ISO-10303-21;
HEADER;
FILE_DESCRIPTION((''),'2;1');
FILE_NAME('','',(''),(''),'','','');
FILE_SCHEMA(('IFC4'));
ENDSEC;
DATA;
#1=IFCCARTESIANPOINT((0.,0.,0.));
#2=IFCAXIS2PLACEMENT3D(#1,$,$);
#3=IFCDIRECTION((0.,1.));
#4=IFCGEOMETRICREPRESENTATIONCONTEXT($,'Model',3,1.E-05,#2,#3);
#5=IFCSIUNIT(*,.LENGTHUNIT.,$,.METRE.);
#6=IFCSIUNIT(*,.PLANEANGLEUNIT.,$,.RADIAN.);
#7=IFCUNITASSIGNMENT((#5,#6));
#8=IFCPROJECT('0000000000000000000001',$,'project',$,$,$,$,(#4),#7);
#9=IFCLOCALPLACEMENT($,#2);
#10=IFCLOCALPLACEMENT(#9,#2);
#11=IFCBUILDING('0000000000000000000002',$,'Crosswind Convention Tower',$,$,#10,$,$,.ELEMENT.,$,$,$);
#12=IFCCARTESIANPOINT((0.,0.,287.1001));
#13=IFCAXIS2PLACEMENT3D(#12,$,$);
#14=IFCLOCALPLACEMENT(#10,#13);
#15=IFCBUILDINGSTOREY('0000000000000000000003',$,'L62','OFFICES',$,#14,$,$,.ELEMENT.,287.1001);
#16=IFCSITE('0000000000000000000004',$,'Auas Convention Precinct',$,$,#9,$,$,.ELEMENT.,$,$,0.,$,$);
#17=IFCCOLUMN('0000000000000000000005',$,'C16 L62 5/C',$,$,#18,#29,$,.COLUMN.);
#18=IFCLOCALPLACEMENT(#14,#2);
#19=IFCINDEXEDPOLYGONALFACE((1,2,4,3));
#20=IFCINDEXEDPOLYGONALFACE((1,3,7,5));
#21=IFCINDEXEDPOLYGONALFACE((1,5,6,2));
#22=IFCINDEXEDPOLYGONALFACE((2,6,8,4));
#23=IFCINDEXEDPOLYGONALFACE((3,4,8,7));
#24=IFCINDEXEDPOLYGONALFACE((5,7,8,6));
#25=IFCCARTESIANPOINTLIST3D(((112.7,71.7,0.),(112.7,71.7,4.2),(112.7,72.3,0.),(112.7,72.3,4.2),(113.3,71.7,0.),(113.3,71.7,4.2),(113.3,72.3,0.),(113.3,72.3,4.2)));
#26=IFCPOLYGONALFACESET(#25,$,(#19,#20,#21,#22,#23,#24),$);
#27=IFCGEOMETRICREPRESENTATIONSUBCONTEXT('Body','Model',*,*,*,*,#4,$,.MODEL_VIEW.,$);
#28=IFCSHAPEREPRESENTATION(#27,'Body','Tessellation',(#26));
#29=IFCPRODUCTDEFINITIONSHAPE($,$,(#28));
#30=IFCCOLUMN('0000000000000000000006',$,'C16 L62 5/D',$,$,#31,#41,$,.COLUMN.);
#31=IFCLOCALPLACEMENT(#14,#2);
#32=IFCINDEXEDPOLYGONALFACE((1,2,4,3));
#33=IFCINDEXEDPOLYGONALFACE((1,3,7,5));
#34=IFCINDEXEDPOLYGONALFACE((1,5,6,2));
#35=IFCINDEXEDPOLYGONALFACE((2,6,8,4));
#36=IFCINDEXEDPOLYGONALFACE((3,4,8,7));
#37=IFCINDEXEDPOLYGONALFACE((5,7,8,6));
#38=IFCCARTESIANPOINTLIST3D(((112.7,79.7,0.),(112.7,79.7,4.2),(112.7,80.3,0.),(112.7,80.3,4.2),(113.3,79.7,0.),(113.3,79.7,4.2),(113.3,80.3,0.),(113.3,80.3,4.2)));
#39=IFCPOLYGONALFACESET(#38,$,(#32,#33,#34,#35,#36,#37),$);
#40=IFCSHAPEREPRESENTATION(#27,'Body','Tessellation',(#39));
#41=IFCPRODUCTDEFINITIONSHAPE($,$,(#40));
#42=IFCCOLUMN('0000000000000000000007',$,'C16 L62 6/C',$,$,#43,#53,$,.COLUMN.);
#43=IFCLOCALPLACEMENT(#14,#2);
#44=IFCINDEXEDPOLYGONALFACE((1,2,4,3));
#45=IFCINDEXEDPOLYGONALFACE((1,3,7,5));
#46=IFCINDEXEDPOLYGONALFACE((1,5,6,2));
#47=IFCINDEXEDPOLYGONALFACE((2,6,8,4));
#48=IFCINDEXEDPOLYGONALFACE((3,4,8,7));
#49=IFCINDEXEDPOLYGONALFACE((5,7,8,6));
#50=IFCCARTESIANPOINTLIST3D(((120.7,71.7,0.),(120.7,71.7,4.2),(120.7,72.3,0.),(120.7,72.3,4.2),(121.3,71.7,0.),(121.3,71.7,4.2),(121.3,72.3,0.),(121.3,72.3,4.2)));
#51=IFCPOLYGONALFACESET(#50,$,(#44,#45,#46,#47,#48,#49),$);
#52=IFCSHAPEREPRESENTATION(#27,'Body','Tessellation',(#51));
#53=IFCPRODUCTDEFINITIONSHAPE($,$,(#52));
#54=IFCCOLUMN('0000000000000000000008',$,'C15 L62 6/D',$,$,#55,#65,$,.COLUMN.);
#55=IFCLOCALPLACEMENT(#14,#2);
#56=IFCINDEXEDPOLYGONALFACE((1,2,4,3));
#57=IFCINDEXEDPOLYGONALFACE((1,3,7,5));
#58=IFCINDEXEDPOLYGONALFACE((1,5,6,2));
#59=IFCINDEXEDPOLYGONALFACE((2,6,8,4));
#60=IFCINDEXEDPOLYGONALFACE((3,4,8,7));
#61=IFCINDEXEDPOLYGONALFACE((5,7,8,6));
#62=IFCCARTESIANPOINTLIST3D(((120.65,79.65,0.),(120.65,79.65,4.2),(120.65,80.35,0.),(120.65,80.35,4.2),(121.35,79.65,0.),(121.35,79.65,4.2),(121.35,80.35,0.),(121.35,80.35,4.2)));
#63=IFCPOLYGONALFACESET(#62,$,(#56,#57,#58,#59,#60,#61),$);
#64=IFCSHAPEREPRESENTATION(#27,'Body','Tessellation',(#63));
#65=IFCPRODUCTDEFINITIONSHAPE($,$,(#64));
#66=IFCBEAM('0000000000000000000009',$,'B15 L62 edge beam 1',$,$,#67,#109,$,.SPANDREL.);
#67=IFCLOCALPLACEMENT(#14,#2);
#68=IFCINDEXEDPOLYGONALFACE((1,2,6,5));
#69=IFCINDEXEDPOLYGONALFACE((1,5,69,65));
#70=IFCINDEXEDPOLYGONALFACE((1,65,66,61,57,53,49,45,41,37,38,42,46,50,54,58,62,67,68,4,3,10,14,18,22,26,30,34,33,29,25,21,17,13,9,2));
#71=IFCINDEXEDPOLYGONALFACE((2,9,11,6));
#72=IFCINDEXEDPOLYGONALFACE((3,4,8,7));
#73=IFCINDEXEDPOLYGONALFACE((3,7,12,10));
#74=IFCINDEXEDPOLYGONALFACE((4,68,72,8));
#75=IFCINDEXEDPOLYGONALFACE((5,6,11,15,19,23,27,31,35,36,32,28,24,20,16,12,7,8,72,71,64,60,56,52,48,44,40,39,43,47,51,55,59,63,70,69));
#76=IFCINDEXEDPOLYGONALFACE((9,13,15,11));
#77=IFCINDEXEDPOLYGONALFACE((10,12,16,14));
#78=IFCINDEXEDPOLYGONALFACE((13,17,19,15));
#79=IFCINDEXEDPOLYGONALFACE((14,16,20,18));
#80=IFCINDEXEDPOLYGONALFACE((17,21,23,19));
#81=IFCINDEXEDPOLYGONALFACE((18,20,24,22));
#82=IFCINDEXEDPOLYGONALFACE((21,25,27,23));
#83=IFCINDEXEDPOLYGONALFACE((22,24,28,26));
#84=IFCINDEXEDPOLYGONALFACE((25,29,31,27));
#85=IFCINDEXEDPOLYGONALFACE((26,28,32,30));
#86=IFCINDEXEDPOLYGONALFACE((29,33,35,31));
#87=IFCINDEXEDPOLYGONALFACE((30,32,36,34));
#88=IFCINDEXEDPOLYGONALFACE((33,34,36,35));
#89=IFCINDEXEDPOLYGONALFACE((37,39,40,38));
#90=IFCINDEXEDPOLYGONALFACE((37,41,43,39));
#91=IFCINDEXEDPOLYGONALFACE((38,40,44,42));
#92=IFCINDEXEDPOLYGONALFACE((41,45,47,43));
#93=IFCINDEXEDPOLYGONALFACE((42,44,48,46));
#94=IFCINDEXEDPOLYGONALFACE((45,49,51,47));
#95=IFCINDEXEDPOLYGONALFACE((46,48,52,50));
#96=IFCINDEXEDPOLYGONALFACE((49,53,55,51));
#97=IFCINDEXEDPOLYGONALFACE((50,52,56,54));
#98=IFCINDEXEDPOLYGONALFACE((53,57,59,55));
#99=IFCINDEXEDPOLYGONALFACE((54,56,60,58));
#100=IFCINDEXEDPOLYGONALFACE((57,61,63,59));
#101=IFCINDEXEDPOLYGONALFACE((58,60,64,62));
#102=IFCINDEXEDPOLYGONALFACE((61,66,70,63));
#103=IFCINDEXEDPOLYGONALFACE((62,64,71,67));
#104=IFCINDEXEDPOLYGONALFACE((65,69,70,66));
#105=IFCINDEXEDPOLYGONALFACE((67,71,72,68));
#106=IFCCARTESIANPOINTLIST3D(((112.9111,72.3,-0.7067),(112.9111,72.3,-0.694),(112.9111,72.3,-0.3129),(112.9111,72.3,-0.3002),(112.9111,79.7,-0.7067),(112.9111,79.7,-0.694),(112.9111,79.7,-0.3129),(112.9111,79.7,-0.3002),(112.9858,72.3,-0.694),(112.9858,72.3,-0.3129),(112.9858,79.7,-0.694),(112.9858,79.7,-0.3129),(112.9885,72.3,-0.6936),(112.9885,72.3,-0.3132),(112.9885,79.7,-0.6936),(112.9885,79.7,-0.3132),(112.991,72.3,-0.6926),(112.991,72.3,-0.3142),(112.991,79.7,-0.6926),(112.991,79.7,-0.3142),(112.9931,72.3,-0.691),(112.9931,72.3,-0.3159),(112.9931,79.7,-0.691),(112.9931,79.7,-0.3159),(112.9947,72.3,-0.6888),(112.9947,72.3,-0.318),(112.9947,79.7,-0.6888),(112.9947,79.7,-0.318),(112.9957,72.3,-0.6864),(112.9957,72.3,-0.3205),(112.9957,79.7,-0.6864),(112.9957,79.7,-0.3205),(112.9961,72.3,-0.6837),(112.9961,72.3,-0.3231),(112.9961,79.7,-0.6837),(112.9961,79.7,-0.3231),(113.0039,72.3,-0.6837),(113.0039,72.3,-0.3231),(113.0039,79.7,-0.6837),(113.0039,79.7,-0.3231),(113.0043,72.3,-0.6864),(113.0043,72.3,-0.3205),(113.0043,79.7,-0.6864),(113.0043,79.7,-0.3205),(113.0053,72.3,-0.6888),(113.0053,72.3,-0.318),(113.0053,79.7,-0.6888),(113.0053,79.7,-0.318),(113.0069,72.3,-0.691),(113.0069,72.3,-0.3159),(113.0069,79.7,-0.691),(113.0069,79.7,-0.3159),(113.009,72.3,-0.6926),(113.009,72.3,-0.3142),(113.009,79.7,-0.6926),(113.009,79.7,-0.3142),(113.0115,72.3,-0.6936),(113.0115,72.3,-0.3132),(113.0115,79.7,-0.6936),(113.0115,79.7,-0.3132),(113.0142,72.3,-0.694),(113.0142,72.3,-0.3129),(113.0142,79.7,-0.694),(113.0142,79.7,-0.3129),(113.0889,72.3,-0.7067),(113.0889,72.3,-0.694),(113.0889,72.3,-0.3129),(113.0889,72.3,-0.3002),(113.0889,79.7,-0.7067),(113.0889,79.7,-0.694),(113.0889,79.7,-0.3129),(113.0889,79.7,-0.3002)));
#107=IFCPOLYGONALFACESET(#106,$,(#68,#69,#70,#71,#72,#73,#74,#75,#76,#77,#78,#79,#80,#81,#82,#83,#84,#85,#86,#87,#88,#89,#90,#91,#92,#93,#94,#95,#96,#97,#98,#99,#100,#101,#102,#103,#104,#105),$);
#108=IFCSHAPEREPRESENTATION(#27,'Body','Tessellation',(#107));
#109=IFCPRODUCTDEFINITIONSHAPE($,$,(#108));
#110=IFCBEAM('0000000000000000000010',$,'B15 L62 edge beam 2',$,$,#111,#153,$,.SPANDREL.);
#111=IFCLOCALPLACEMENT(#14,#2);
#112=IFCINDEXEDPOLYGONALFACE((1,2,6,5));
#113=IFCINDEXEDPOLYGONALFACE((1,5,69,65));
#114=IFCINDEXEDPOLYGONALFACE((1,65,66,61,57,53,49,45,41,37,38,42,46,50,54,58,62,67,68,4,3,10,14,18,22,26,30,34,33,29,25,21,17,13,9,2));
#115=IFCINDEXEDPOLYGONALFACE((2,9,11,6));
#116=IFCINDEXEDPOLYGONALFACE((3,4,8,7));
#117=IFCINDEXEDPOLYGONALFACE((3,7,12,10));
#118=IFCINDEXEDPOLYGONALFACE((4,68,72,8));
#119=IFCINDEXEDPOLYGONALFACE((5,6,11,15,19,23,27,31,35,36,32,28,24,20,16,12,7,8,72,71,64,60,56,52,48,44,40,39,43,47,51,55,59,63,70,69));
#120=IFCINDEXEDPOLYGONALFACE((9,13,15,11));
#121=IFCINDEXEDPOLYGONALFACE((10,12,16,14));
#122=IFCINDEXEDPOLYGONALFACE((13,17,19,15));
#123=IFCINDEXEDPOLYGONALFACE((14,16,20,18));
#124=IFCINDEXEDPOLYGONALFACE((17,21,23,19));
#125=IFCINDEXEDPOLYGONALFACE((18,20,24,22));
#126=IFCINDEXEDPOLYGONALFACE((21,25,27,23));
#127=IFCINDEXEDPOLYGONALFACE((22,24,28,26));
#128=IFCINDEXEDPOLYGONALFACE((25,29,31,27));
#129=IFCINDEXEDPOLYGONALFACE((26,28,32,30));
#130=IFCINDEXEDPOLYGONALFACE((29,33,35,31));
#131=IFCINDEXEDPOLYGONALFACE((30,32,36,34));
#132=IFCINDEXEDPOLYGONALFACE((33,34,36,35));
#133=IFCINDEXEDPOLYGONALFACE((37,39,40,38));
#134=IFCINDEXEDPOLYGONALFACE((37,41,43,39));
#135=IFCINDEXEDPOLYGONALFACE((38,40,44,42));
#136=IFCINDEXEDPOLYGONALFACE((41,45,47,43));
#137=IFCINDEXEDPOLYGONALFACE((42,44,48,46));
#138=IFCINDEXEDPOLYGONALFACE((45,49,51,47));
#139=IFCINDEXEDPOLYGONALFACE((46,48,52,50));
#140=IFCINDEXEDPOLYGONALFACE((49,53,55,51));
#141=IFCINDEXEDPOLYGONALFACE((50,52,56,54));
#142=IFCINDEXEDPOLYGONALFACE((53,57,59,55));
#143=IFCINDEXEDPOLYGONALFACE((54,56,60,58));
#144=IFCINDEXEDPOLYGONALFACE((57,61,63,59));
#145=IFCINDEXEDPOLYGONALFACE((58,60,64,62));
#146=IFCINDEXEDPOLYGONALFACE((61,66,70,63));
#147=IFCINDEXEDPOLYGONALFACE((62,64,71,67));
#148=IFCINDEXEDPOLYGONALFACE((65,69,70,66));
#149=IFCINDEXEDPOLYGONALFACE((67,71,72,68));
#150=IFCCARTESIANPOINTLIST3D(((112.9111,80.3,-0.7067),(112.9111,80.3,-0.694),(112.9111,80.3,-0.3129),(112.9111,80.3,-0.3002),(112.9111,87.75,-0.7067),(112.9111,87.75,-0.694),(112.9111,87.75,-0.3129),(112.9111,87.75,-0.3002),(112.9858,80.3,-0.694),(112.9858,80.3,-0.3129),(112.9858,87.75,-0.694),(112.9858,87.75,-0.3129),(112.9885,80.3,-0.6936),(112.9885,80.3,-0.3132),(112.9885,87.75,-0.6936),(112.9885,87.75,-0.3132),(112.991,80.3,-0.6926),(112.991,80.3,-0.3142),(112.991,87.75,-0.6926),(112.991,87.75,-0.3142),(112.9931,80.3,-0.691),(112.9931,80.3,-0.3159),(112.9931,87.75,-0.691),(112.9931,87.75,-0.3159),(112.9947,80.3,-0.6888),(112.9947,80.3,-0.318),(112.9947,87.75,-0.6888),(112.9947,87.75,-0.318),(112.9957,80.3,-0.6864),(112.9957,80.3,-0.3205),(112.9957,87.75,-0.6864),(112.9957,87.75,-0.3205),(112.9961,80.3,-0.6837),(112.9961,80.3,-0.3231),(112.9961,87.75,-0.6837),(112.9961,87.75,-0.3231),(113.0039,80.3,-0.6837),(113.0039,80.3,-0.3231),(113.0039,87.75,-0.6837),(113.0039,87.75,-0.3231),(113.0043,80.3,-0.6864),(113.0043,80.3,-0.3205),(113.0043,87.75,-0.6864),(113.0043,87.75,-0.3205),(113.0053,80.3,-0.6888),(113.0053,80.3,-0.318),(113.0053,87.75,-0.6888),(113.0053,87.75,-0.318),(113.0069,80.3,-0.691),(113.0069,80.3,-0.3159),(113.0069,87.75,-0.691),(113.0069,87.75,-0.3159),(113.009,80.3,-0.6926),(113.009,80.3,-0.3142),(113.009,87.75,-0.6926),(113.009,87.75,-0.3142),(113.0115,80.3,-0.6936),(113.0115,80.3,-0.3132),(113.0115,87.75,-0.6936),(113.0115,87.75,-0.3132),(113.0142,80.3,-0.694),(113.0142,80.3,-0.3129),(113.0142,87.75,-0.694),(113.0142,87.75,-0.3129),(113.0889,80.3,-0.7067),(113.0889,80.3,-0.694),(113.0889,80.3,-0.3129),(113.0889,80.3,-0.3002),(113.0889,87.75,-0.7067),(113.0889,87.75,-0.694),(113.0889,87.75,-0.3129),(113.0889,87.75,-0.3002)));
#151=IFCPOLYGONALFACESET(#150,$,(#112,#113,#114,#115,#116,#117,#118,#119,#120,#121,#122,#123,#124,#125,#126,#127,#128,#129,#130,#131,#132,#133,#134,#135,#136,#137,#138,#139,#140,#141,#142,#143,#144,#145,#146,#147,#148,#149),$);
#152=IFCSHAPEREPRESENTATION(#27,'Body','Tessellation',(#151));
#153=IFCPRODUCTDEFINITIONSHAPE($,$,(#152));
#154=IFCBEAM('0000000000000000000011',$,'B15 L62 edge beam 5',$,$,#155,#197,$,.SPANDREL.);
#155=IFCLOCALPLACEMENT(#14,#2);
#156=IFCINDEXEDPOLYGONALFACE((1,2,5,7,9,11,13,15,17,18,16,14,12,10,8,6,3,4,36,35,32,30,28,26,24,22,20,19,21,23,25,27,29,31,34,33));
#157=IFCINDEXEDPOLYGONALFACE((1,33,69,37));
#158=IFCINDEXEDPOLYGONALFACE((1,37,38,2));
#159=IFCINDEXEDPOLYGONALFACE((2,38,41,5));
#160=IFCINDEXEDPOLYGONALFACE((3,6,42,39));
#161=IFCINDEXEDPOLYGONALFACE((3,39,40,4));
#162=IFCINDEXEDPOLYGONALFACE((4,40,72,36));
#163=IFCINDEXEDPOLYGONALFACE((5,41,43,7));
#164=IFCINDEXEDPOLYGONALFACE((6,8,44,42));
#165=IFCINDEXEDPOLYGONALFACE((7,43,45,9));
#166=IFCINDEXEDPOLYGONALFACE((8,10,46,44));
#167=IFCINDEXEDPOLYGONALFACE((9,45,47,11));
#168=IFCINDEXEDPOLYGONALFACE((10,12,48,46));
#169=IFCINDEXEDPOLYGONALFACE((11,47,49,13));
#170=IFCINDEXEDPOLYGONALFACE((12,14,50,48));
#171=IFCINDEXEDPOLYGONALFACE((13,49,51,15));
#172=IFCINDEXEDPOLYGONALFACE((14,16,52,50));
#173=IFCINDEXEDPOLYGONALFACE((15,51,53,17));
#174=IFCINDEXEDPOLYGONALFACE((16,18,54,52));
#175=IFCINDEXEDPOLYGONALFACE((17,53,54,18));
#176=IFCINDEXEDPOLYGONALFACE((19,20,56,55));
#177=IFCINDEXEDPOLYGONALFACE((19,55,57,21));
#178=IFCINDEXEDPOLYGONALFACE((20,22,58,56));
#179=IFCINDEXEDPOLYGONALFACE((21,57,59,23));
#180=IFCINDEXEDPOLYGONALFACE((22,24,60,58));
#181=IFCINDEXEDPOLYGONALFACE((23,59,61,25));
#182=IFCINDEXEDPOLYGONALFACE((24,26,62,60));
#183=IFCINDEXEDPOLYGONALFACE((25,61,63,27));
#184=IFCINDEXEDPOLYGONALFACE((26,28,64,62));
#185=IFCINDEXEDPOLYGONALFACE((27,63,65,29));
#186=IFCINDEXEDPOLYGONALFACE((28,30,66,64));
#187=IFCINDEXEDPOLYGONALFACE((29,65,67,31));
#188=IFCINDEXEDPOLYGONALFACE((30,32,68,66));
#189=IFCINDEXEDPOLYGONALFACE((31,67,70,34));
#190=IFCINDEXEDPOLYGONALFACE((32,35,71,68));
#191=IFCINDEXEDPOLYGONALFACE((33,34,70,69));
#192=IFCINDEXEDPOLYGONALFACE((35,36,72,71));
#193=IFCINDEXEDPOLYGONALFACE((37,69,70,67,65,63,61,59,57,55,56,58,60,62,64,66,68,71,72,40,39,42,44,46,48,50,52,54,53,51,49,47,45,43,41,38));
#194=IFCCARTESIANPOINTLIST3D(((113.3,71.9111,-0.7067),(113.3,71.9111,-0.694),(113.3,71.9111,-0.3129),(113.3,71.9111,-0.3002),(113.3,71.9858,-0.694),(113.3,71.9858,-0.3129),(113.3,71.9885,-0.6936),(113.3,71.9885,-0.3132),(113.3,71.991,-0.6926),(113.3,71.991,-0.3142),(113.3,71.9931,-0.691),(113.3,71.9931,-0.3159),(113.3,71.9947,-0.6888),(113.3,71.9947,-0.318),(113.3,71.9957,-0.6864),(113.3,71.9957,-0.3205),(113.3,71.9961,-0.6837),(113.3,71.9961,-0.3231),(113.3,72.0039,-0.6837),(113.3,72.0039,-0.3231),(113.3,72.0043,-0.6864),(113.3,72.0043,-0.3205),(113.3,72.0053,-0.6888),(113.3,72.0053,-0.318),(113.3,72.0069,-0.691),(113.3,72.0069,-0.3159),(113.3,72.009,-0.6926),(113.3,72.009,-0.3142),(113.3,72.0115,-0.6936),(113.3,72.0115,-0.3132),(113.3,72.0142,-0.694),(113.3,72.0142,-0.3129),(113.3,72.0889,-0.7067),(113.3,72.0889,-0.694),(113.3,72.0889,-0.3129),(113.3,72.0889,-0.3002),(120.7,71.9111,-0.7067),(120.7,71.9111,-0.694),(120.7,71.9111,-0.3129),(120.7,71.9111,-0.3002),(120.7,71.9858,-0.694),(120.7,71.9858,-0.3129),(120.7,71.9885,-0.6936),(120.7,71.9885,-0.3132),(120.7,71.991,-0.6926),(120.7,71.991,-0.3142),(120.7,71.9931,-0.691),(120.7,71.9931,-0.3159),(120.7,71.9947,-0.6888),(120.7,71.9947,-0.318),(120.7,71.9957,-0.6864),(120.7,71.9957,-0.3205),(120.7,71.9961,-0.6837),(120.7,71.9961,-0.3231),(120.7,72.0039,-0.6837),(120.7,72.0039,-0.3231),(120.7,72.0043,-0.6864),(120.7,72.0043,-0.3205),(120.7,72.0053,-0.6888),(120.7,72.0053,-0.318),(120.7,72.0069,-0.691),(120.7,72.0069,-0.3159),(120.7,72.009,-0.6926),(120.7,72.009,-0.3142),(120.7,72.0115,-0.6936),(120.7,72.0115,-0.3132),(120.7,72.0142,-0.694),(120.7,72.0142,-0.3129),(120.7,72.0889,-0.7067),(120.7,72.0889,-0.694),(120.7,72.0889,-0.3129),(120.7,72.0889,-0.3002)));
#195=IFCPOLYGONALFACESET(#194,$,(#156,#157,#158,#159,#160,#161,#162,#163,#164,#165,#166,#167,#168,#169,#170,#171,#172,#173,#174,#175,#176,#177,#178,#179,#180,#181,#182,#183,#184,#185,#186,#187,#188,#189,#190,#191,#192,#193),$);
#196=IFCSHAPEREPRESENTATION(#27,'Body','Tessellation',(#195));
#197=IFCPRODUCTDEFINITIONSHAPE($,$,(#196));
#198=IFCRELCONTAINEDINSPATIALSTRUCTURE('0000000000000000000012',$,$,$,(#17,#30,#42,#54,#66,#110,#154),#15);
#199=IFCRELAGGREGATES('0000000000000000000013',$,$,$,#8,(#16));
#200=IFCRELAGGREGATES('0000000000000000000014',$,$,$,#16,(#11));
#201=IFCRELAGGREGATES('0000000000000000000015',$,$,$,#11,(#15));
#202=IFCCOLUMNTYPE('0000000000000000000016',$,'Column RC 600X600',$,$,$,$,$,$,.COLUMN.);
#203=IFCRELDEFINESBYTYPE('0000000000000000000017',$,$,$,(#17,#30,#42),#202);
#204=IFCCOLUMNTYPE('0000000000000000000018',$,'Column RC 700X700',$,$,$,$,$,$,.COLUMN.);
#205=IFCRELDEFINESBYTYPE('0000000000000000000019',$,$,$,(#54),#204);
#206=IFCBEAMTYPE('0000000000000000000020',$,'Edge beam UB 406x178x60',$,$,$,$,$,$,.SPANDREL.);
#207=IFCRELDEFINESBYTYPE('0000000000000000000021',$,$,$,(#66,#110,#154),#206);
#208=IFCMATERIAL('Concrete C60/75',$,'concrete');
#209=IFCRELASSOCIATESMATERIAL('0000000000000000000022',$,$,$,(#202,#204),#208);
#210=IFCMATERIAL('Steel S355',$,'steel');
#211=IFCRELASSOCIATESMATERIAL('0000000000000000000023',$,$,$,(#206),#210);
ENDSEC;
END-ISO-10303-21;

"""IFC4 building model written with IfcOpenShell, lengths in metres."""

from ifc_helpers import new_model, si_unit, direction, frame, origin, origin_2d, place, context, subcontext, project, spatial, rectangle, i_section, extrude, material, material_profile, profile_set, type_object, element, save


model = new_model("IFC4")

# Units and contexts
model_context = context("Model", 3, precision=1e-05, world=origin(), true_north=direction((0.0, 1.0)))
body_context = subcontext(model_context, "Body", "Model", "MODEL_VIEW")
ifc_project = project(units=[si_unit("LENGTHUNIT", "METRE"), si_unit("PLANEANGLEUNIT", "RADIAN")], contexts=[model_context])

# Site, building, storey
site_placement = place(None, origin())
site = spatial("IfcSite", under=ifc_project, at=site_placement, Name="Auas Convention Precinct", CompositionType="ELEMENT", RefElevation=0.0)
building_placement = place(site_placement, origin())
building = spatial("IfcBuilding", under=site, at=building_placement, Name="Crosswind Convention Tower", CompositionType="ELEMENT")
storey_placement = place(building_placement, frame((0.0, 0.0, 287.1001)))
storey = spatial("IfcBuildingStorey", under=building, at=storey_placement, Name="L62", Description="OFFICES", CompositionType="ELEMENT", Elevation=287.1001)

# Columns
ifc_material_1 = material(Name="Concrete C60/75", Category="concrete")
ifc_material_profile_1 = material_profile(ifc_material_1, rectangle(XDim=0.6001, YDim=0.6001, at=origin_2d()), Name="RC 600X600")
ifc_profile_set_1 = profile_set([ifc_material_profile_1], Name="Concrete C60/75")
column_type_1 = type_object("IfcColumnType", Name="Column RC 600X600", PredefinedType="COLUMN", material=ifc_profile_set_1)
for number, where, z_axis, x_axis, name in (
    (1, (113.0, 72.0, 0.0), (0.0, 0.0, 1.0), (1.0, 0.0, 0.0), "C16 L62 5/C"),
    (2, (113.0, 80.0, 0.0), (0.0, 0.0, 1.0), (1.0, 0.0, 0.0), "C16 L62 5/D"),
    (3, (121.0, 72.0, 0.0), (0.0, 0.0, 1.0), (1.0, 0.0, 0.0), "C16 L62 6/C"),
):
    element("IfcColumn", number, at=place(storey_placement, frame(where, z_axis=z_axis, x_axis=x_axis)), inside=storey, type_object=column_type_1, Name=name, PredefinedType="COLUMN", context=body_context, shape_type="SweptSolid", body=[
        extrude(rectangle(XDim=0.6001, YDim=0.6001, at=origin_2d()), origin(), (0.0, 0.0, 1.0), 4.2),
    ])
ifc_material_profile_2 = material_profile(ifc_material_1, rectangle(XDim=0.7, YDim=0.7, at=origin_2d()), Name="RC 700X700")
ifc_profile_set_2 = profile_set([ifc_material_profile_2], Name="Concrete C60/75")
column_type_2 = type_object("IfcColumnType", Name="Column RC 700X700", PredefinedType="COLUMN", material=ifc_profile_set_2)
column_placement = place(storey_placement, frame((121.0, 80.0, 0.0), z_axis=(0.0, 0.0, 1.0), x_axis=(1.0, 0.0, 0.0)))
element("IfcColumn", 4, at=column_placement, inside=storey, type_object=column_type_2, Name="C15 L62 6/D", PredefinedType="COLUMN", context=body_context, shape_type="SweptSolid", body=[
    extrude(rectangle(XDim=0.7, YDim=0.7, at=origin_2d()), origin(), (0.0, 0.0, 1.0), 4.2),
])

# Beams
ifc_material_2 = material(Name="Steel S355", Category="steel")
ifc_material_profile_3 = material_profile(ifc_material_2, i_section(OverallWidth=0.1777, OverallDepth=0.4065, WebThickness=0.0078, FlangeThickness=0.0127, FilletRadius=0.0103, at=origin_2d()), Name="UB 406x178x60")
ifc_profile_set_3 = profile_set([ifc_material_profile_3], Name="Steel S355")
beam_type_1 = type_object("IfcBeamType", Name="Edge beam UB 406x178x60", PredefinedType="SPANDREL", material=ifc_profile_set_3)
beam_1_placement = place(storey_placement, frame((113.0, 72.3, -0.5034), z_axis=(0.0, 1.0, 0.0), x_axis=(-1.0, 0.0, 0.0)))
element("IfcBeam", 5, at=beam_1_placement, inside=storey, type_object=beam_type_1, Name="B15 L62 edge beam 1", PredefinedType="SPANDREL", context=body_context, shape_type="SweptSolid", body=[
    extrude(i_section(OverallWidth=0.1777, OverallDepth=0.4065, WebThickness=0.0078, FlangeThickness=0.0127, FilletRadius=0.0103, at=origin_2d()), origin(), (0.0, 0.0, 1.0), 7.3999),
])
beam_2_placement = place(storey_placement, frame((113.0, 80.3, -0.5034), z_axis=(0.0, 1.0, 0.0), x_axis=(-1.0, 0.0, 0.0)))
element("IfcBeam", 6, at=beam_2_placement, inside=storey, type_object=beam_type_1, Name="B15 L62 edge beam 2", PredefinedType="SPANDREL", context=body_context, shape_type="SweptSolid", body=[
    extrude(i_section(OverallWidth=0.1777, OverallDepth=0.4065, WebThickness=0.0078, FlangeThickness=0.0127, FilletRadius=0.0103, at=origin_2d()), origin(), (0.0, 0.0, 1.0), 7.45),
])
beam_3_placement = place(storey_placement, frame((113.3, 72.0, -0.5034), z_axis=(1.0, 0.0, 0.0), x_axis=(0.0, 1.0, 0.0)))
element("IfcBeam", 7, at=beam_3_placement, inside=storey, type_object=beam_type_1, Name="B15 L62 edge beam 5", PredefinedType="SPANDREL", context=body_context, shape_type="SweptSolid", body=[
    extrude(i_section(OverallWidth=0.1777, OverallDepth=0.4065, WebThickness=0.0078, FlangeThickness=0.0127, FilletRadius=0.0103, at=origin_2d()), origin(), (0.0, 0.0, 1.0), 7.3999),
])

save(model, "model.ifc")
